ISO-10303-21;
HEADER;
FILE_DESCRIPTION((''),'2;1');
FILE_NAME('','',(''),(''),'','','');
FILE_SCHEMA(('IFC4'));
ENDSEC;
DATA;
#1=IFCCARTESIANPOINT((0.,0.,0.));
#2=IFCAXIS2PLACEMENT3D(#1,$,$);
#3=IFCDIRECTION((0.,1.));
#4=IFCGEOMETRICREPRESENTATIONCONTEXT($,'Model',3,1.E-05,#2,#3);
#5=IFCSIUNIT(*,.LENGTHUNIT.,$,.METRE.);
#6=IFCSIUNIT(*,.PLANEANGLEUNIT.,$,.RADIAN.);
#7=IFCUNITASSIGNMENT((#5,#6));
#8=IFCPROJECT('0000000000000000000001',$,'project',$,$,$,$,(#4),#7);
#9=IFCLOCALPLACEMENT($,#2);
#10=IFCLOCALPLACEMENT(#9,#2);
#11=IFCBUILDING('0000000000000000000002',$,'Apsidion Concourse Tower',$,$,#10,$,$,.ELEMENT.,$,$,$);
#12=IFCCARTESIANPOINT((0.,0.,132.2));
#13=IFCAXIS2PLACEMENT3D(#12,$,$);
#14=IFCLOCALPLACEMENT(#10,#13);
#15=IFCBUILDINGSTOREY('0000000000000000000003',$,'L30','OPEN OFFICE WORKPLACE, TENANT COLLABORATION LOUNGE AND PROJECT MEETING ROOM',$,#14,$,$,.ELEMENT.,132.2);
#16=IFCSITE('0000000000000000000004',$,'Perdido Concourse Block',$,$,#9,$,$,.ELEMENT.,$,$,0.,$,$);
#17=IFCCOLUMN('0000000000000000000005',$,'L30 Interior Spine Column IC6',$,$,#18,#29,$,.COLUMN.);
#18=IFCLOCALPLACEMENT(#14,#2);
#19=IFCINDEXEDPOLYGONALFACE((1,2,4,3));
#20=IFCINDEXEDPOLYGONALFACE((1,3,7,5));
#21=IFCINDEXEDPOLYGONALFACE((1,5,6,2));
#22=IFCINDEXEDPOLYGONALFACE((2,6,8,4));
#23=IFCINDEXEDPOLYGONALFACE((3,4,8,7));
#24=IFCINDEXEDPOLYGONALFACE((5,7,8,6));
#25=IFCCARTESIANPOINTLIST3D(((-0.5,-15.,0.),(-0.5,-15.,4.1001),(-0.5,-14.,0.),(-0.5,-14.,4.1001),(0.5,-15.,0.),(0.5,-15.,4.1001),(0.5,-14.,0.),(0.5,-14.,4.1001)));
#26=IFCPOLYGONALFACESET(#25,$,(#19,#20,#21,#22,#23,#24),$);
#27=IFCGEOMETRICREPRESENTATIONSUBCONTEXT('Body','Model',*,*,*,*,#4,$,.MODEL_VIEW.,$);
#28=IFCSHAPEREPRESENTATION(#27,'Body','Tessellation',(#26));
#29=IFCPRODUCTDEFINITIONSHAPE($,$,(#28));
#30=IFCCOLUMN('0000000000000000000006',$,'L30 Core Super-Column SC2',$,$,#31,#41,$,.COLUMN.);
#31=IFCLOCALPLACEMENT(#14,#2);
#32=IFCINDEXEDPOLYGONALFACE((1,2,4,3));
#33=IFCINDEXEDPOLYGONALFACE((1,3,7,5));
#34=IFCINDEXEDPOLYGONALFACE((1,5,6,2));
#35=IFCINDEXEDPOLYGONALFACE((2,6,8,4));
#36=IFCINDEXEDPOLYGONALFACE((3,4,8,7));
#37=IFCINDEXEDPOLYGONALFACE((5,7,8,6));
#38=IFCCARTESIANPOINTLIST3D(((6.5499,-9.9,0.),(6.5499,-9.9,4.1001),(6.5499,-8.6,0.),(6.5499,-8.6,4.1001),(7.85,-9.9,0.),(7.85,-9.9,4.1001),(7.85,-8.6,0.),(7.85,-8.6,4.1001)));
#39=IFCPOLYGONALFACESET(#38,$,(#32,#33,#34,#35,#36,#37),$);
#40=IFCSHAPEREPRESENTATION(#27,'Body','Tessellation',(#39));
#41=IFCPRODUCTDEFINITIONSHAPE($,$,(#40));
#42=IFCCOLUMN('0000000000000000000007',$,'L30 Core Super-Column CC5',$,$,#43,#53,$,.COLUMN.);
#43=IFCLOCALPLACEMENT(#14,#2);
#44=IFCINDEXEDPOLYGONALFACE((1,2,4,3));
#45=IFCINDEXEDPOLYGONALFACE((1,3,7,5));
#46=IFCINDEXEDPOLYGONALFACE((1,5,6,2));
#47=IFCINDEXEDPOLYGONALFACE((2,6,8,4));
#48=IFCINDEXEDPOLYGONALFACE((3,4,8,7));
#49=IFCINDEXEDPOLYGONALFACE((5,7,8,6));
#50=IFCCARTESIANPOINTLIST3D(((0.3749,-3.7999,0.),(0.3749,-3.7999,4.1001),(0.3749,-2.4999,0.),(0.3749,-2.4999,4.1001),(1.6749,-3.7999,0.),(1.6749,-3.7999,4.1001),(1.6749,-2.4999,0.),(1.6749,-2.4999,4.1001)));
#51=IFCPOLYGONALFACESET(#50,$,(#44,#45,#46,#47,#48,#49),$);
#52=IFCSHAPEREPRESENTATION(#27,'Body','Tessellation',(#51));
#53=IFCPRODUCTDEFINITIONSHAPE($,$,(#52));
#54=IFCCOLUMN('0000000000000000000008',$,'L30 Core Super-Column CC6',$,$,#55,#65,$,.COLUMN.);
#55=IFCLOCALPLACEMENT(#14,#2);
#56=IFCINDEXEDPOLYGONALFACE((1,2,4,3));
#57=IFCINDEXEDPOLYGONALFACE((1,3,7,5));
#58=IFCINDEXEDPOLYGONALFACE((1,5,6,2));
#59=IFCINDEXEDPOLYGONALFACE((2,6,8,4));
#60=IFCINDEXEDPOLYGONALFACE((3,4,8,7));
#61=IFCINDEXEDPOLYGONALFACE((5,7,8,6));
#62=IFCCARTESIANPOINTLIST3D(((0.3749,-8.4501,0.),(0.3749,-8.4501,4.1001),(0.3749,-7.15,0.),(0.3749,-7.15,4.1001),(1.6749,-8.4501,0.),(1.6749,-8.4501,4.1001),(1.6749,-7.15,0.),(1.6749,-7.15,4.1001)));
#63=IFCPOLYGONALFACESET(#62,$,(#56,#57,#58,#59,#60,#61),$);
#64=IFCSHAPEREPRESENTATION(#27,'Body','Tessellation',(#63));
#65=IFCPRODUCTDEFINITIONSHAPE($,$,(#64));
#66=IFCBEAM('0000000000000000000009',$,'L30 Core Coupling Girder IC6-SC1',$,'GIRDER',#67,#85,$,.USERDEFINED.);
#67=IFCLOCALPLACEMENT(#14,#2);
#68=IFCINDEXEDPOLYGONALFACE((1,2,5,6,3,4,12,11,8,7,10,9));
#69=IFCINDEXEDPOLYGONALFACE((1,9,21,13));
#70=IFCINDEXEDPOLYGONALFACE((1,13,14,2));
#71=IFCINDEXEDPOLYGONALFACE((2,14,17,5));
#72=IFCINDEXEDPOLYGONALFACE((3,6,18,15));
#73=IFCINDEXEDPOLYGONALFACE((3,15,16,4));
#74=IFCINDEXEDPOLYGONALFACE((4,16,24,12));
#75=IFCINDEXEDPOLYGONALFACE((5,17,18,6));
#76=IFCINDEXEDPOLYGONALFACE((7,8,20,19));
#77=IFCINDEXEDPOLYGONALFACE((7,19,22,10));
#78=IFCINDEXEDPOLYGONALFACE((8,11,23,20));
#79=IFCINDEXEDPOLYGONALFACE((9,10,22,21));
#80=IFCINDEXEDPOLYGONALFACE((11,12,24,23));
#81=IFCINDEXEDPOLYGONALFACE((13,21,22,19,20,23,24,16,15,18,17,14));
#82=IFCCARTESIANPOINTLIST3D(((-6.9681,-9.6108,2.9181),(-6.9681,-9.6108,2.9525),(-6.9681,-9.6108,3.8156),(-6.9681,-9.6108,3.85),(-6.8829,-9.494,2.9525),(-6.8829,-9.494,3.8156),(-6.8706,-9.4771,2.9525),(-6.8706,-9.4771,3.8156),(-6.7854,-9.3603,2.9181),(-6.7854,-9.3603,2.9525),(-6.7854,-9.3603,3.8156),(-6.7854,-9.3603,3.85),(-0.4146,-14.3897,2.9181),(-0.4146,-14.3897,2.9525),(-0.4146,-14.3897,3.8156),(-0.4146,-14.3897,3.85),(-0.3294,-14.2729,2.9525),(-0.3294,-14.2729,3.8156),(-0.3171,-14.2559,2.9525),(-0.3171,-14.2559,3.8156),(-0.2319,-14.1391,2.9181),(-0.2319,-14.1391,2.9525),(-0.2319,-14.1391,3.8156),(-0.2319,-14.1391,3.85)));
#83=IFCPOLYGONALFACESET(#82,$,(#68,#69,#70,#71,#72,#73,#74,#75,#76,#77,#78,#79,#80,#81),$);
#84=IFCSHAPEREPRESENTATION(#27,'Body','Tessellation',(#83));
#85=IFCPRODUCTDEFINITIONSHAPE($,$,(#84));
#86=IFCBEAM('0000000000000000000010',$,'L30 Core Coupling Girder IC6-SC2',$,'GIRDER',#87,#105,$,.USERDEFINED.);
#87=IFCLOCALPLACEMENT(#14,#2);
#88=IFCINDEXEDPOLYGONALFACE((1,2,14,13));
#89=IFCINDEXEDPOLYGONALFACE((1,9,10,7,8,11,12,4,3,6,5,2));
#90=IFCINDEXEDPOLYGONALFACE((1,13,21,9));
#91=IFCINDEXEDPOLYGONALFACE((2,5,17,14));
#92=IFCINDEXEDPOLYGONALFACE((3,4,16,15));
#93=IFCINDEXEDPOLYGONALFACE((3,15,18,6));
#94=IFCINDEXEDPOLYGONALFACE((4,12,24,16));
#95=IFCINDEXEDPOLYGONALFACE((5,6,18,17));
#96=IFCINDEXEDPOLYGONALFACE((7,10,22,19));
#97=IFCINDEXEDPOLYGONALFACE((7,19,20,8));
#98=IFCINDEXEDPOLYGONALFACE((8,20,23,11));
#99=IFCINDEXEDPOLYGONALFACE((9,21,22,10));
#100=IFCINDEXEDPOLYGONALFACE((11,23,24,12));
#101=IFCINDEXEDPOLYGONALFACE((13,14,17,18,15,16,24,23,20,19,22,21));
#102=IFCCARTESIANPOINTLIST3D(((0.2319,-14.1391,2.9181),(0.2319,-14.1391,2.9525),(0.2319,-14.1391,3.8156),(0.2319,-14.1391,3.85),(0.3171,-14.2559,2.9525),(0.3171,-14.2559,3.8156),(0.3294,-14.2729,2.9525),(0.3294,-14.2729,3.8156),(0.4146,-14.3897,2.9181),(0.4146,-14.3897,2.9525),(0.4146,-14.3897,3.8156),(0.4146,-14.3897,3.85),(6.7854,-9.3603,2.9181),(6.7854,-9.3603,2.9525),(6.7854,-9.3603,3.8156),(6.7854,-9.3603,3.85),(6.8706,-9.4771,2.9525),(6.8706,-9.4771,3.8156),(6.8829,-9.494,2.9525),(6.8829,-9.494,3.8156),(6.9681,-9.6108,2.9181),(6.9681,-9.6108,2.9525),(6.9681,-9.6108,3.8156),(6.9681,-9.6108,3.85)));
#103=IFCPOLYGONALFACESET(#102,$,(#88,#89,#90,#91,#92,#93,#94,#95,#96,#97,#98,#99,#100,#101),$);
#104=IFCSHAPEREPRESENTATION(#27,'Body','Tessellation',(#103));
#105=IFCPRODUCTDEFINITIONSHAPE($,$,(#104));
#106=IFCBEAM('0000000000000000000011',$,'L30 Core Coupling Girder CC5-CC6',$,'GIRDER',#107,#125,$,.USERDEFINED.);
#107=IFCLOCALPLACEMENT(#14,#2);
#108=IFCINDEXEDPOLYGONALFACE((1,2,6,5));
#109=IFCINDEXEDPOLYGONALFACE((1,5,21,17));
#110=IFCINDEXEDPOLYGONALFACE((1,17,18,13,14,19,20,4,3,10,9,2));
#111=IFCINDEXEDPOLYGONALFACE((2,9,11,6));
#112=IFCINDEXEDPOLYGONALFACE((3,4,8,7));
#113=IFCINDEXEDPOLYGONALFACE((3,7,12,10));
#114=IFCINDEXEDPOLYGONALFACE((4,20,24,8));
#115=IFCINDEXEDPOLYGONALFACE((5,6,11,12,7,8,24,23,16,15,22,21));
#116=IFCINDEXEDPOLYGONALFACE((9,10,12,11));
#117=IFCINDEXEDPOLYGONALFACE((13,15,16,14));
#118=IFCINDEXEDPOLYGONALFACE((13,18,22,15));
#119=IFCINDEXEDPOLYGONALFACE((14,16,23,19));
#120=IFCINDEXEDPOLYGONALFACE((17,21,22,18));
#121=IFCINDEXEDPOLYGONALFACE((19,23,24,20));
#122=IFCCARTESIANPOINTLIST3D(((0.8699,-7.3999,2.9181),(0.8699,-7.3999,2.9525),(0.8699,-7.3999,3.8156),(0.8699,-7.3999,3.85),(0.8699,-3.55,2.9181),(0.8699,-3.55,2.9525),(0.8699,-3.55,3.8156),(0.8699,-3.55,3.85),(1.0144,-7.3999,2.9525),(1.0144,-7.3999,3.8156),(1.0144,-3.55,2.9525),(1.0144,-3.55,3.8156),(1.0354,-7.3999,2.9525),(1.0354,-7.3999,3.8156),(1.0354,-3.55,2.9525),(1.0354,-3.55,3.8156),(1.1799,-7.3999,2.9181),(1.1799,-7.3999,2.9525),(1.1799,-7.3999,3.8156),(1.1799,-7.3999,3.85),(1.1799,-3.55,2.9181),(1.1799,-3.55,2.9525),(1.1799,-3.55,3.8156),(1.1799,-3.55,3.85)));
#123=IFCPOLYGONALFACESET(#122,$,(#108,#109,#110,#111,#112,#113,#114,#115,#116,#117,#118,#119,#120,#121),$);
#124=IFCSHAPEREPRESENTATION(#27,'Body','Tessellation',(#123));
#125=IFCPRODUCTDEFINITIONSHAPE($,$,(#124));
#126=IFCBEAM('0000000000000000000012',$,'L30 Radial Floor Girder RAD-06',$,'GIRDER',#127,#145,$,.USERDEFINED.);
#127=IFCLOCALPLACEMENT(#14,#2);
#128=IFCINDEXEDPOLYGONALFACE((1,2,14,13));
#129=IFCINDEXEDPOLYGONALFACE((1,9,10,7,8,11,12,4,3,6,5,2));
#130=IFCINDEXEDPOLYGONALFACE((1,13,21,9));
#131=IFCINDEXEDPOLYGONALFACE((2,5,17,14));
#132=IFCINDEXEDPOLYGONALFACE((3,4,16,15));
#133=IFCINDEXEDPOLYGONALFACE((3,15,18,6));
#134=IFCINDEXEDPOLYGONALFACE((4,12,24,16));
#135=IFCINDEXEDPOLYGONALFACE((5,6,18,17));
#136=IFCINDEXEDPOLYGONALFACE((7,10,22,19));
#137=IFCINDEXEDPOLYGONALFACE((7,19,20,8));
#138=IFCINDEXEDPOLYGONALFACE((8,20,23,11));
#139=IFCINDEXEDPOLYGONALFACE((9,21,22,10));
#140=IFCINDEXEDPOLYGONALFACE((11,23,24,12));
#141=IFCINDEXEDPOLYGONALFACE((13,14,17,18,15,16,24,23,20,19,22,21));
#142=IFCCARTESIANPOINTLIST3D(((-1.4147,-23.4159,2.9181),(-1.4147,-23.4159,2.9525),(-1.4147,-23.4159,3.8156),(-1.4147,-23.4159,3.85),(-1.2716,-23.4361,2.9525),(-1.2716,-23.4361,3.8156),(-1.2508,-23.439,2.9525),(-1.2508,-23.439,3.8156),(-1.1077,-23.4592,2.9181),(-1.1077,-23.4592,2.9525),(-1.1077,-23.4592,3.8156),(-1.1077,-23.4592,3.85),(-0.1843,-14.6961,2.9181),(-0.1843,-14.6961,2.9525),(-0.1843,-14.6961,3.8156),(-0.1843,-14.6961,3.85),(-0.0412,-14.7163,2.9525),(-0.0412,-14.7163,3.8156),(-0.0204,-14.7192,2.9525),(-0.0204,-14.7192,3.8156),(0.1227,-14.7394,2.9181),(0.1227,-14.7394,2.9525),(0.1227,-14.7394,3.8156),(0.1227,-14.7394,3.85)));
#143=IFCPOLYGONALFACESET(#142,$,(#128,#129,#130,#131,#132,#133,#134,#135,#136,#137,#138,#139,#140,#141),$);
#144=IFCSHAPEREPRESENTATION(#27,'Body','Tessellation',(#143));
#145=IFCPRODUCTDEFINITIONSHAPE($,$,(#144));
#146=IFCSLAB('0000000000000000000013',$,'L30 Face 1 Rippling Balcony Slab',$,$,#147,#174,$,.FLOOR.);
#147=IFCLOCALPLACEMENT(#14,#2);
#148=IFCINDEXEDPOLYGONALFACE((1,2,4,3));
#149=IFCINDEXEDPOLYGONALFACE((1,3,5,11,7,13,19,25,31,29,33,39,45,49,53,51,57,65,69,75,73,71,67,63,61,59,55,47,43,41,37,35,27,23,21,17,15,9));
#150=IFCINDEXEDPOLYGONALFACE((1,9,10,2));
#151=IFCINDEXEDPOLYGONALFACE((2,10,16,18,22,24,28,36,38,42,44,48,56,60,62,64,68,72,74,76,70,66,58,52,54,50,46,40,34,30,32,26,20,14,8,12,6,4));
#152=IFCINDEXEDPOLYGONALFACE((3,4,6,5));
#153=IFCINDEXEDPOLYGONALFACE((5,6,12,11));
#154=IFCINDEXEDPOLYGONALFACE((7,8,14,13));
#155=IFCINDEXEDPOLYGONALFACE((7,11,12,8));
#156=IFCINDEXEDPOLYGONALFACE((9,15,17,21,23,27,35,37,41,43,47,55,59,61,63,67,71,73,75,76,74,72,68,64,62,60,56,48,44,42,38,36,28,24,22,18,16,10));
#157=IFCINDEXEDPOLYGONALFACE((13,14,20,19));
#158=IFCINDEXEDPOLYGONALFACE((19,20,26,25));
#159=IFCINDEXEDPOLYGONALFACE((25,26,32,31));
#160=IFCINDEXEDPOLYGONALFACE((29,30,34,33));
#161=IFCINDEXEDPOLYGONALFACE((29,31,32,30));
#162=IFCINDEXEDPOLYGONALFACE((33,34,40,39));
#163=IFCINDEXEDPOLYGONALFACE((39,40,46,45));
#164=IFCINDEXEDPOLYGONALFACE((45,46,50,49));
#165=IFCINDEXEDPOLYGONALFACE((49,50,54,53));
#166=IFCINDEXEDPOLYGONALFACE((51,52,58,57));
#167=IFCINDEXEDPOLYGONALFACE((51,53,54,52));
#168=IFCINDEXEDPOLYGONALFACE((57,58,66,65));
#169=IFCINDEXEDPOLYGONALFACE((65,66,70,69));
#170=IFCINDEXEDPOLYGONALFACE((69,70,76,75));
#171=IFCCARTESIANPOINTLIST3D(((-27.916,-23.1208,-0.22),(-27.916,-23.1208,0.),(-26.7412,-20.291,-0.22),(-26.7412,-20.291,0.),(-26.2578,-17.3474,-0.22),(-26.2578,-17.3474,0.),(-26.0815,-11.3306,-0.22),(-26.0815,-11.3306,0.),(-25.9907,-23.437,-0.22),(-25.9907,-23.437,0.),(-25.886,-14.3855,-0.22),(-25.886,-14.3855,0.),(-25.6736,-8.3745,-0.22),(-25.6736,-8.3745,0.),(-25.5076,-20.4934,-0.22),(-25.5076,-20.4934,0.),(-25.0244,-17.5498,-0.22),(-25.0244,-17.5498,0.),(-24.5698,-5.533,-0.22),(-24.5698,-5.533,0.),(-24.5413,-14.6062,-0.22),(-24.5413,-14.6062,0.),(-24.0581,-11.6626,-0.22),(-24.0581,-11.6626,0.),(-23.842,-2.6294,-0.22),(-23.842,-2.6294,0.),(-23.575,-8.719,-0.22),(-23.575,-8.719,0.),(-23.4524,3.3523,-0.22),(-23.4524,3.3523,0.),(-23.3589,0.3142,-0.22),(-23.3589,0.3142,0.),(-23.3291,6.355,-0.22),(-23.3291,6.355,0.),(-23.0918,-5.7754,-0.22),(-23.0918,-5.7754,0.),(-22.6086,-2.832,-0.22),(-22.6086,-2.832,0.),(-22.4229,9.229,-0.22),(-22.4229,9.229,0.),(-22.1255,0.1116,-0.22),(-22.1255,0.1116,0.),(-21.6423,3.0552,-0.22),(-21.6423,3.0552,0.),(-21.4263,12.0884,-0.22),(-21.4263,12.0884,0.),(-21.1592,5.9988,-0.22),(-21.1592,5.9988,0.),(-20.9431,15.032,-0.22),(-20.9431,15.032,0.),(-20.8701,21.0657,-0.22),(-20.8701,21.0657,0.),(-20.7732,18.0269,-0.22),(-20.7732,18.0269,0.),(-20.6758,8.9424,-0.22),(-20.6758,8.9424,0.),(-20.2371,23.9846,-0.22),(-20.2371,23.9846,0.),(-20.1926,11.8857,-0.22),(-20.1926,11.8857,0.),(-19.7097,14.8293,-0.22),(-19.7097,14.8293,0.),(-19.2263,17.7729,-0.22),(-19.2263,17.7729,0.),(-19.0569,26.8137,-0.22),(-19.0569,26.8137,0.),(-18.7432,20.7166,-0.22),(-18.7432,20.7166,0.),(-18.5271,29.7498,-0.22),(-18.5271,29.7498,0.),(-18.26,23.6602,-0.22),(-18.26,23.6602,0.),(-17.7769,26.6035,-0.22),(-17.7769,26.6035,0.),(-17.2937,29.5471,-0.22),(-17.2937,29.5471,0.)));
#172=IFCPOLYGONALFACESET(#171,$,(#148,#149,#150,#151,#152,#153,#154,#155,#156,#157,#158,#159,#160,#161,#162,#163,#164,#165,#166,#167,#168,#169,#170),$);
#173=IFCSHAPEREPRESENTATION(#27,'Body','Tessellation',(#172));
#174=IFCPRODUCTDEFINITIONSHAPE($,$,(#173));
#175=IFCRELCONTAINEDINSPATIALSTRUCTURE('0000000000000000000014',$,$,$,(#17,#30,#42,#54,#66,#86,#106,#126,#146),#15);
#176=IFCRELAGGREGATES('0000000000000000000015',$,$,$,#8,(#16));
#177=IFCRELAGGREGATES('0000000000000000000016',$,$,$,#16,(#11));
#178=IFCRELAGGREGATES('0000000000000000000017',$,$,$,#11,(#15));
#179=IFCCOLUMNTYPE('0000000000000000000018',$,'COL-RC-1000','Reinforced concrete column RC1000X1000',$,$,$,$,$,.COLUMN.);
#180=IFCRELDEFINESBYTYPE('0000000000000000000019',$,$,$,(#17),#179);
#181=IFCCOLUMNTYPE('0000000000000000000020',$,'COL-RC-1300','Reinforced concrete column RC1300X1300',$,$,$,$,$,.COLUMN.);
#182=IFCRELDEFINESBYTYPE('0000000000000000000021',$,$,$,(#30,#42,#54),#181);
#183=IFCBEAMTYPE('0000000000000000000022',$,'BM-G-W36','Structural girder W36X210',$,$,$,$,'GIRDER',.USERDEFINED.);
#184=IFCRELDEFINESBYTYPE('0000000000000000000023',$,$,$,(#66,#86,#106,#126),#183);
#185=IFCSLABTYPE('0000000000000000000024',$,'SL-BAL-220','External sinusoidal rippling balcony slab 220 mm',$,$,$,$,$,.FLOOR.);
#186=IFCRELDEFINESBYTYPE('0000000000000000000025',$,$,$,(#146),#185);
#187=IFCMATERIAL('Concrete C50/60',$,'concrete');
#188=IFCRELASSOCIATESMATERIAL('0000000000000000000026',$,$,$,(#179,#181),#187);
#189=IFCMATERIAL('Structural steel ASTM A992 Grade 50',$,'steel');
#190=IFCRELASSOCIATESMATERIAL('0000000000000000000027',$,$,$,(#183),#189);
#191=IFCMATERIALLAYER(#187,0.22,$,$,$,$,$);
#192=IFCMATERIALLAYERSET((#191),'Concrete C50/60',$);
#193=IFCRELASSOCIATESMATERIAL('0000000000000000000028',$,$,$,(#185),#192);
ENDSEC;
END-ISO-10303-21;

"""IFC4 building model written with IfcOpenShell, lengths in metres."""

from ifc_helpers import new_model, si_unit, direction, frame, origin, origin_2d, place, context, subcontext, project, spatial, polyline, rectangle, i_section, outline, extrude, material, layer, layer_set, material_profile, profile_set, type_object, element, save


model = new_model("IFC4")

# Units and contexts
model_context = context("Model", 3, precision=1e-05, world=origin(), true_north=direction((0.0, 1.0)))
body_context = subcontext(model_context, "Body", "Model", "MODEL_VIEW")
ifc_project = project(units=[si_unit("LENGTHUNIT", "METRE"), si_unit("PLANEANGLEUNIT", "RADIAN")], contexts=[model_context])

# Site, building, storey
site_placement = place(None, origin())
site = spatial("IfcSite", under=ifc_project, at=site_placement, Name="Perdido Concourse Block", CompositionType="ELEMENT", RefElevation=0.0)
building_placement = place(site_placement, origin())
building = spatial("IfcBuilding", under=site, at=building_placement, Name="Apsidion Concourse Tower", CompositionType="ELEMENT")
storey_placement = place(building_placement, frame((0.0, 0.0, 132.2)))
storey = spatial("IfcBuildingStorey", under=building, at=storey_placement, Name="L30", Description="OPEN OFFICE WORKPLACE, TENANT COLLABORATION LOUNGE AND PROJECT MEETING ROOM", CompositionType="ELEMENT", Elevation=132.2)

# Columns
ifc_material_1 = material(Name="Concrete C50/60", Category="concrete")
ifc_material_profile_1 = material_profile(ifc_material_1, rectangle(XDim=1.0, YDim=1.0, at=origin_2d()), Name="RC 1000x1000")
ifc_profile_set_1 = profile_set([ifc_material_profile_1], Name="Concrete C50/60")
column_type_1 = type_object("IfcColumnType", Name="COL-RC-1000", Description="Reinforced concrete column RC1000X1000", PredefinedType="COLUMN", material=ifc_profile_set_1)
column_placement = place(storey_placement, frame((0.0, -14.5, 0.0), z_axis=(0.0, 0.0, 1.0), x_axis=(1.0, 0.0, 0.0)))
element("IfcColumn", 1, at=column_placement, inside=storey, type_object=column_type_1, Name="L30 Interior Spine Column IC6", PredefinedType="COLUMN", context=body_context, shape_type="SweptSolid", body=[
    extrude(rectangle(XDim=1.0, YDim=1.0, at=origin_2d()), origin(), (0.0, 0.0, 1.0), 4.1001),
])
ifc_material_profile_2 = material_profile(ifc_material_1, rectangle(XDim=1.3, YDim=1.3, at=origin_2d()), Name="RC 1300x1300")
ifc_profile_set_2 = profile_set([ifc_material_profile_2], Name="Concrete C50/60")
column_type_2 = type_object("IfcColumnType", Name="COL-RC-1300", Description="Reinforced concrete column RC1300X1300", PredefinedType="COLUMN", material=ifc_profile_set_2)
for number, where, z_axis, x_axis, name in (
    (2, (7.2, -9.25, 0.0), (0.0, 0.0, 1.0), (1.0, 0.0, 0.0), "L30 Core Super-Column SC2"),
    (3, (1.0249, -3.1499, 0.0), (0.0, 0.0, 1.0), (1.0, 0.0, 0.0), "L30 Core Super-Column CC5"),
    (4, (1.0249, -7.8, 0.0), (0.0, 0.0, 1.0), (1.0, 0.0, 0.0), "L30 Core Super-Column CC6"),
):
    element("IfcColumn", number, at=place(storey_placement, frame(where, z_axis=z_axis, x_axis=x_axis)), inside=storey, type_object=column_type_2, Name=name, PredefinedType="COLUMN", context=body_context, shape_type="SweptSolid", body=[
        extrude(rectangle(XDim=1.3, YDim=1.3, at=origin_2d()), origin(), (0.0, 0.0, 1.0), 4.1001),
    ])

# Beams
ifc_material_2 = material(Name="Structural steel ASTM A992 Grade 50", Category="steel")
ifc_material_profile_3 = material_profile(ifc_material_2, i_section(OverallWidth=0.3101, OverallDepth=0.9319, WebThickness=0.021, FlangeThickness=0.0344, at=origin_2d()), Name="W36X210")
ifc_profile_set_3 = profile_set([ifc_material_profile_3], Name="Structural steel ASTM A992 Grade 50")
beam_type = type_object("IfcBeamType", Name="BM-G-W36", Description="Structural girder W36X210", ElementType="GIRDER", PredefinedType="USERDEFINED", material=ifc_profile_set_3)
for number, where, z_axis, x_axis, name in (
    (5, (-0.3232, -14.2644, 3.384), (-0.807993, 0.589191, 0.0), (-0.589191, -0.807993, 0.0), "L30 Core Coupling Girder IC6-SC1"),
    (6, (0.3232, -14.2644, 3.384), (0.807993, 0.589191, 0.0), (-0.589191, 0.807993, 0.0), "L30 Core Coupling Girder IC6-SC2"),
):
    element("IfcBeam", number, at=place(storey_placement, frame(where, z_axis=z_axis, x_axis=x_axis)), inside=storey, type_object=beam_type, Name=name, ObjectType="GIRDER", PredefinedType="USERDEFINED", context=body_context, shape_type="SweptSolid", body=[
        extrude(i_section(OverallWidth=0.3101, OverallDepth=0.9319, WebThickness=0.021, FlangeThickness=0.0344, at=origin_2d()), origin(), (0.0, 0.0, 1.0), 8.1108),
    ])
beam_1_placement = place(storey_placement, frame((1.0249, -3.55, 3.384), z_axis=(0.0, -1.0, 0.0), x_axis=(1.0, 0.0, 0.0)))
element("IfcBeam", 7, at=beam_1_placement, inside=storey, type_object=beam_type, Name="L30 Core Coupling Girder CC5-CC6", ObjectType="GIRDER", PredefinedType="USERDEFINED", context=body_context, shape_type="SweptSolid", body=[
    extrude(i_section(OverallWidth=0.3101, OverallDepth=0.9319, WebThickness=0.021, FlangeThickness=0.0344, at=origin_2d()), origin(), (0.0, 0.0, 1.0), 3.8499),
])
beam_2_placement = place(storey_placement, frame((-0.0308, -14.7178, 3.384), z_axis=(-0.139729, -0.99019, 0.0), x_axis=(0.99019, -0.139729, 0.0)))
element("IfcBeam", 8, at=beam_2_placement, inside=storey, type_object=beam_type, Name="L30 Radial Floor Girder RAD-06", ObjectType="GIRDER", PredefinedType="USERDEFINED", context=body_context, shape_type="SweptSolid", body=[
    extrude(i_section(OverallWidth=0.3101, OverallDepth=0.9319, WebThickness=0.021, FlangeThickness=0.0344, at=origin_2d()), origin(), (0.0, 0.0, 1.0), 8.8062),
])

# Slab
ifc_layer_1 = layer(ifc_material_1, 0.22)
ifc_layer_set_1 = layer_set([ifc_layer_1], Name="Concrete C50/60")
slab_type_1 = type_object("IfcSlabType", Name="SL-BAL-220", Description="External sinusoidal rippling balcony slab 220 mm", PredefinedType="FLOOR", material=ifc_layer_set_1)
slab_1_placement = place(storey_placement, frame((0.0, 0.0, -0.22)))
element("IfcSlab", 9, at=slab_1_placement, inside=storey, type_object=slab_type_1, Name="L30 Face 1 Rippling Balcony Slab", PredefinedType="FLOOR", context=body_context, shape_type="SweptSolid", body=[
    extrude(outline(polyline([(-17.2937, 29.5471), (-17.7769, 26.6035), (-18.26, 23.6602), (-18.7432, 20.7166), (-19.2263, 17.7729), (-19.7097, 14.8293), (-20.1926, 11.8857), (-20.6758, 8.9424), (-21.1592, 5.9988), (-21.6423, 3.0552), (-22.1255, 0.1116), (-22.6086, -2.832), (-23.0918, -5.7754), (-23.575, -8.719), (-24.0581, -11.6626), (-24.5413, -14.6062), (-25.0244, -17.5498), (-25.5076, -20.4934), (-25.9907, -23.437), (-27.916, -23.1208), (-26.7412, -20.291), (-26.2578, -17.3474), (-25.886, -14.3855), (-26.0815, -11.3306), (-25.6736, -8.3745), (-24.5698, -5.533), (-23.842, -2.6294), (-23.3589, 0.3142), (-23.4524, 3.3523), (-23.3291, 6.355), (-22.4229, 9.229), (-21.4263, 12.0884), (-20.9431, 15.032), (-20.7732, 18.0269), (-20.8701, 21.0657), (-20.2371, 23.9846), (-19.0569, 26.8137), (-18.5271, 29.7498), (-17.2937, 29.5471)])), origin(), (0.0, 0.0, 1.0), 0.22),
])

save(model, "model.ifc")
